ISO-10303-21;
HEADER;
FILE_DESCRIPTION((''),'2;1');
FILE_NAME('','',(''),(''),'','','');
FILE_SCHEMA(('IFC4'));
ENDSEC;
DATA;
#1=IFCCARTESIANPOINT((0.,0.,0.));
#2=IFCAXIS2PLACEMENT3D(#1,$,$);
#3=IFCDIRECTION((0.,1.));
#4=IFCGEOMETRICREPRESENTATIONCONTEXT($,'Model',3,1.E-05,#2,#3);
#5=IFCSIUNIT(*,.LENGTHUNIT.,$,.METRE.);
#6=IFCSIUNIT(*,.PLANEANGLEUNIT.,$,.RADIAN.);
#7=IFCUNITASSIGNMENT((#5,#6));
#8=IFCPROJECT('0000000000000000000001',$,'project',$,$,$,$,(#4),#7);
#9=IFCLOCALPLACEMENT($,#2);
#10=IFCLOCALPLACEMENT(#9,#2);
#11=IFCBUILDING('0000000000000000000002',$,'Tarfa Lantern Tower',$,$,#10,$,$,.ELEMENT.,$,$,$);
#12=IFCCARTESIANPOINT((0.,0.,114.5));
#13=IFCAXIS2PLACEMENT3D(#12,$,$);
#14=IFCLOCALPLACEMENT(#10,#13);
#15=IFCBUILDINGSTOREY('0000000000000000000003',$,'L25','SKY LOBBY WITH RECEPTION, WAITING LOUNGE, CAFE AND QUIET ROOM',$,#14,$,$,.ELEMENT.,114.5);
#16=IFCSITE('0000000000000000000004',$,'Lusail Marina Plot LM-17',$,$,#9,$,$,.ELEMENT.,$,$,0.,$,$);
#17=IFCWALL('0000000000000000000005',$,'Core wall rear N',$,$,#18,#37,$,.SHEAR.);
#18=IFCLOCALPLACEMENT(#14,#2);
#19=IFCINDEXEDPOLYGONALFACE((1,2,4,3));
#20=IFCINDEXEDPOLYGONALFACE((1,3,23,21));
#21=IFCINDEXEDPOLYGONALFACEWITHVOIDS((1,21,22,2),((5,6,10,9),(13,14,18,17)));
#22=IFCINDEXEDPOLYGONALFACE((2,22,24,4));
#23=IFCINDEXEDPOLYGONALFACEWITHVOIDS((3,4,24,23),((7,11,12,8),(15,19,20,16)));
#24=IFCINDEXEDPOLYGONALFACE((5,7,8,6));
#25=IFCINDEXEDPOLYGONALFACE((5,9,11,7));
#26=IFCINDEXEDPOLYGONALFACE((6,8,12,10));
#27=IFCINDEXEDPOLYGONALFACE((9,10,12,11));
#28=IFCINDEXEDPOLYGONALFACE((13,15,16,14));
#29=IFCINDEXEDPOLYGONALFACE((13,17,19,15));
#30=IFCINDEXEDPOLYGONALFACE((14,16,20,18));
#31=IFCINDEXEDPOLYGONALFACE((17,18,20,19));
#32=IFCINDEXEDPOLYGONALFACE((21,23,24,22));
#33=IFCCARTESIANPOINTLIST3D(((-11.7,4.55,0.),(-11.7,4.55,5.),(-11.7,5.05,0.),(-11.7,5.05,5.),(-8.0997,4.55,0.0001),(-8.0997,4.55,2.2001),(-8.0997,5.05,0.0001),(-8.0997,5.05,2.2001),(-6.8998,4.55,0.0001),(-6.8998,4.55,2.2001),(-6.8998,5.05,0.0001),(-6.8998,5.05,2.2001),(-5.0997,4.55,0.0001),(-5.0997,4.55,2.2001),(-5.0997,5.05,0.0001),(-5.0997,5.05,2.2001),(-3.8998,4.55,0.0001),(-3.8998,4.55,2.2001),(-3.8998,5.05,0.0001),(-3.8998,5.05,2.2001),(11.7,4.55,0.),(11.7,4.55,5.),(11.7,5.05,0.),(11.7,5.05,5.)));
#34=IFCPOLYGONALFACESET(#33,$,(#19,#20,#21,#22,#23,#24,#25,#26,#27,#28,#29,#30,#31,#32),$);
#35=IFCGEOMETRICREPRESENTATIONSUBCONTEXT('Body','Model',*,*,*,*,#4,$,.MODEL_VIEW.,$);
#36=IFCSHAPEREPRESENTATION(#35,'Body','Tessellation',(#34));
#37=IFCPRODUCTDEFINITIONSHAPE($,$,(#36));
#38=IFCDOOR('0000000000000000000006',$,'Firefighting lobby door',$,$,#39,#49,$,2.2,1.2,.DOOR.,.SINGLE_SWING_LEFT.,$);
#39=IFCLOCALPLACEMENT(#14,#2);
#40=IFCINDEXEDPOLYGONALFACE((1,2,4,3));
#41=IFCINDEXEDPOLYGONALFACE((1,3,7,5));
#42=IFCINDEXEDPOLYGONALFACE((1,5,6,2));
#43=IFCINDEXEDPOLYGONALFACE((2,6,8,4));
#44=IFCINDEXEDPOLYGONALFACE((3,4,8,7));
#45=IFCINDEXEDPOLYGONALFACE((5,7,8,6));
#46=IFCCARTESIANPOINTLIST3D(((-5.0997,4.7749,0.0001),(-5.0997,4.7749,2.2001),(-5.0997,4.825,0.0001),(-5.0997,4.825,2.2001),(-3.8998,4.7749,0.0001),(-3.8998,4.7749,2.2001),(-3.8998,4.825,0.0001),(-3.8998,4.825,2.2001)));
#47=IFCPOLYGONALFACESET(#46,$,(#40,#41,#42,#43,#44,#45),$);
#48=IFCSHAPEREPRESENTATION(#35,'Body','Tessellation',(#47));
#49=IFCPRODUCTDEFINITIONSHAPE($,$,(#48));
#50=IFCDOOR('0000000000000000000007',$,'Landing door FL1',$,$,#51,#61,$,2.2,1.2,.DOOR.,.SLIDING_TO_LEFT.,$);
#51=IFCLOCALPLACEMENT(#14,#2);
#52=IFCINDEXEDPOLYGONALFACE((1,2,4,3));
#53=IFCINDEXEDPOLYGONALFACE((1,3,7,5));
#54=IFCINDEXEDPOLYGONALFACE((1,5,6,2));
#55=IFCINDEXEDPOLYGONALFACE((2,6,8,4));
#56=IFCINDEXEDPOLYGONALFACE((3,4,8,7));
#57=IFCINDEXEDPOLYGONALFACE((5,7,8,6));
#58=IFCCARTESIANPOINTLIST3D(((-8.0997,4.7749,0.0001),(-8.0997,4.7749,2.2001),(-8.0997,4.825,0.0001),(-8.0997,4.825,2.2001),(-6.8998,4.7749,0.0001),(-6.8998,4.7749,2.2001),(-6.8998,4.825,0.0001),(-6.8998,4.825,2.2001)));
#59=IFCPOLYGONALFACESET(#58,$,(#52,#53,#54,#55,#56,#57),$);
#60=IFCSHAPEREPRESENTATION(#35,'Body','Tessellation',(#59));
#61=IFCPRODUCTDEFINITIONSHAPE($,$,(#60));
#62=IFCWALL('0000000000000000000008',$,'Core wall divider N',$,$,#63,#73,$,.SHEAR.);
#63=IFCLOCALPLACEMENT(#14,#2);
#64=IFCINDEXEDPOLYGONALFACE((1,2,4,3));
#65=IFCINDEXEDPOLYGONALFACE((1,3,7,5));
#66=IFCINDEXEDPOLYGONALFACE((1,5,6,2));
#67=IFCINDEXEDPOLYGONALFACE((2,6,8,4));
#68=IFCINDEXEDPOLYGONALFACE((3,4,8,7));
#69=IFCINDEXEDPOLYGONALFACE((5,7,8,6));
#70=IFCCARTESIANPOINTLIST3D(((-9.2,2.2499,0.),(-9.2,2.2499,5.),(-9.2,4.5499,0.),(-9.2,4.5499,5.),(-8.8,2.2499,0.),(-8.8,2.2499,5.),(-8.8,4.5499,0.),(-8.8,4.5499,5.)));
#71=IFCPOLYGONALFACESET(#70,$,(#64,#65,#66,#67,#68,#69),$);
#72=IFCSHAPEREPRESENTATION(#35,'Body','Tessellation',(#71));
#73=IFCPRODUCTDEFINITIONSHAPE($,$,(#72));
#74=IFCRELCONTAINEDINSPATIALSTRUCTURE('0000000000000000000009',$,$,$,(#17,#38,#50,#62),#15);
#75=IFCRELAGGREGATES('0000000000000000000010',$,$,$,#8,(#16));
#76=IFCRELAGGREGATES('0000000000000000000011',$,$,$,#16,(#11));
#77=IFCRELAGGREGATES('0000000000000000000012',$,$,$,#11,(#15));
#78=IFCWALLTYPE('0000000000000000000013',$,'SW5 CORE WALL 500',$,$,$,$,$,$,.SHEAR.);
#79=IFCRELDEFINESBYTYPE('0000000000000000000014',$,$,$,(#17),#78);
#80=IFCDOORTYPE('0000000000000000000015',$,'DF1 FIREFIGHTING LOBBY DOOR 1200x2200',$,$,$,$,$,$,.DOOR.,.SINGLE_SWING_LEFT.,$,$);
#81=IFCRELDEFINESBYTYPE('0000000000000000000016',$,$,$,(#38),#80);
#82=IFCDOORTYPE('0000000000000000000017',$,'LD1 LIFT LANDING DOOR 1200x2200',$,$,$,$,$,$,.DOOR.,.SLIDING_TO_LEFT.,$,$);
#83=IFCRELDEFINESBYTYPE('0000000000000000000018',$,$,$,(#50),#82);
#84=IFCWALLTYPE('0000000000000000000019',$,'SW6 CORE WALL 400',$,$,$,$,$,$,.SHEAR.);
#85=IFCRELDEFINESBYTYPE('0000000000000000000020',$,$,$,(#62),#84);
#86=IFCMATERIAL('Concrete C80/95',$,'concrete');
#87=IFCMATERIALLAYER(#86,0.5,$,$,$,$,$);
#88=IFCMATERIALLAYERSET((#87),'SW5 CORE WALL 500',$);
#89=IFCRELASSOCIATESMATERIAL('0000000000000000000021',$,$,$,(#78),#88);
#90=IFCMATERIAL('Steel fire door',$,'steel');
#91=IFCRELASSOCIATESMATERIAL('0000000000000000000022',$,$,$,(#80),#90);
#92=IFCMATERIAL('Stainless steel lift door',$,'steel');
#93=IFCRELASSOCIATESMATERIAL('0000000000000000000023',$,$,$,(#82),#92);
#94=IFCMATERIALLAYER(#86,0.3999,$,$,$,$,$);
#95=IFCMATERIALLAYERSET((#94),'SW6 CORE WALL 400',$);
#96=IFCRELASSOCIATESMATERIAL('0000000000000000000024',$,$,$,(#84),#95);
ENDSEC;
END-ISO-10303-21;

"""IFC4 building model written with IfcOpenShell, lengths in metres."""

from ifc_helpers import new_model, si_unit, direction, frame, frame_2d, origin, place, context, subcontext, project, spatial, rectangle, extrude, material, layer, layer_set, type_object, element, fill, save


model = new_model("IFC4")

# Units and contexts
model_context = context("Model", 3, precision=1e-05, world=origin(), true_north=direction((0.0, 1.0)))
body_context = subcontext(model_context, "Body", "Model", "MODEL_VIEW")
ifc_project = project(units=[si_unit("LENGTHUNIT", "METRE"), si_unit("PLANEANGLEUNIT", "RADIAN")], contexts=[model_context])

# Site, building, storey
site_placement = place(None, origin())
site = spatial("IfcSite", under=ifc_project, at=site_placement, Name="Lusail Marina Plot LM-17", CompositionType="ELEMENT", RefElevation=0.0)
building_placement = place(site_placement, origin())
building = spatial("IfcBuilding", under=site, at=building_placement, Name="Tarfa Lantern Tower", CompositionType="ELEMENT")
storey_placement = place(building_placement, frame((0.0, 0.0, 114.5)))
storey = spatial("IfcBuildingStorey", under=building, at=storey_placement, Name="L25", Description="SKY LOBBY WITH RECEPTION, WAITING LOUNGE, CAFE AND QUIET ROOM", CompositionType="ELEMENT", Elevation=114.5)

# Shared definitions
ifc_material_1 = material(Name="Concrete C80/95", Category="concrete")
ifc_material_2 = material(Name="Steel fire door", Category="steel")

# Shared definitions
ifc_layer_1 = layer(ifc_material_1, 0.5)
ifc_layer_set_1 = layer_set([ifc_layer_1], Name="SW5 CORE WALL 500")
wall_type_1 = type_object("IfcWallType", Name="SW5 CORE WALL 500", PredefinedType="SHEAR", material=ifc_layer_set_1)

# Wall, openings, doors
wall_1_placement = place(storey_placement, frame((-11.7, 4.8, 0.0), z_axis=(0.0, 0.0, 1.0), x_axis=(1.0, 0.0, 0.0)))
wall_1 = element("IfcWall", 1, at=wall_1_placement, inside=storey, type_object=wall_type_1, Name="Core wall rear N", PredefinedType="SHEAR", context=body_context, shape_type="SweptSolid", body=[
    extrude(rectangle(XDim=23.3999, YDim=0.5, at=frame_2d((11.7, 0.0))), origin(), (0.0, 0.0, 1.0), 5.0),
])
opening_1_placement = place(wall_1_placement, frame((6.6001, 0.0, 0.0)))
opening_1 = element("IfcOpeningElement", 2, at=opening_1_placement, cuts=wall_1, PredefinedType="OPENING", context=body_context, shape_type="SweptSolid", body=[
    extrude(rectangle(XDim=1.2, YDim=2.2, at=frame_2d((0.6001, 1.1001))), frame((0.0, 0.26, 0.0), z_axis=(0.0, -1.0, 0.0), x_axis=(1.0, 0.0, 0.0)), (0.0, 0.0, 1.0), 0.52),
])
opening_2_placement = place(wall_1_placement, frame((3.6001, 0.0, 0.0)))
opening_2 = element("IfcOpeningElement", 3, at=opening_2_placement, cuts=wall_1, PredefinedType="OPENING", context=body_context, shape_type="SweptSolid", body=[
    extrude(rectangle(XDim=1.2, YDim=2.2, at=frame_2d((0.6001, 1.1001))), frame((0.0, 0.26, 0.0), z_axis=(0.0, -1.0, 0.0), x_axis=(1.0, 0.0, 0.0)), (0.0, 0.0, 1.0), 0.52),
])
door_type_1 = type_object("IfcDoorType", Name="DF1 FIREFIGHTING LOBBY DOOR 1200x2200", OperationType="SINGLE_SWING_LEFT", PredefinedType="DOOR", material=ifc_material_2)
door_1_placement = place(opening_1_placement, origin())
door_1 = element("IfcDoor", 4, at=door_1_placement, inside=storey, type_object=door_type_1, Name="Firefighting lobby door", OperationType="SINGLE_SWING_LEFT", OverallHeight=2.2, OverallWidth=1.2, PredefinedType="DOOR", context=body_context, shape_type="SweptSolid", body=[
    extrude(rectangle(XDim=1.2, YDim=2.2, at=frame_2d((0.6001, 1.1001))), frame((0.0, 0.0249, 0.0), z_axis=(0.0, -1.0, 0.0), x_axis=(1.0, 0.0, 0.0)), (0.0, 0.0, 1.0), 0.05),
])
fill(opening_1, door_1)
ifc_material_3 = material(Name="Stainless steel lift door", Category="steel")
door_type_2 = type_object("IfcDoorType", Name="LD1 LIFT LANDING DOOR 1200x2200", OperationType="SLIDING_TO_LEFT", PredefinedType="DOOR", material=ifc_material_3)
door_2_placement = place(opening_2_placement, origin())
door_2 = element("IfcDoor", 5, at=door_2_placement, inside=storey, type_object=door_type_2, Name="Landing door FL1", OperationType="SLIDING_TO_LEFT", OverallHeight=2.2, OverallWidth=1.2, PredefinedType="DOOR", context=body_context, shape_type="SweptSolid", body=[
    extrude(rectangle(XDim=1.2, YDim=2.2, at=frame_2d((0.6001, 1.1001))), frame((0.0, 0.0249, 0.0), z_axis=(0.0, -1.0, 0.0), x_axis=(1.0, 0.0, 0.0)), (0.0, 0.0, 1.0), 0.05),
])
fill(opening_2, door_2)

# Wall
ifc_layer_2 = layer(ifc_material_1, 0.3999)
ifc_layer_set_2 = layer_set([ifc_layer_2], Name="SW6 CORE WALL 400")
wall_type_2 = type_object("IfcWallType", Name="SW6 CORE WALL 400", PredefinedType="SHEAR", material=ifc_layer_set_2)
wall_2_placement = place(storey_placement, frame((-9.0, 2.25, 0.0), z_axis=(0.0, 0.0, 1.0), x_axis=(0.0, 1.0, 0.0)))
element("IfcWall", 6, at=wall_2_placement, inside=storey, type_object=wall_type_2, Name="Core wall divider N", PredefinedType="SHEAR", context=body_context, shape_type="SweptSolid", body=[
    extrude(rectangle(XDim=2.3, YDim=0.3999, at=frame_2d((1.1499, 0.0))), origin(), (0.0, 0.0, 1.0), 5.0),
])

save(model, "model.ifc")
